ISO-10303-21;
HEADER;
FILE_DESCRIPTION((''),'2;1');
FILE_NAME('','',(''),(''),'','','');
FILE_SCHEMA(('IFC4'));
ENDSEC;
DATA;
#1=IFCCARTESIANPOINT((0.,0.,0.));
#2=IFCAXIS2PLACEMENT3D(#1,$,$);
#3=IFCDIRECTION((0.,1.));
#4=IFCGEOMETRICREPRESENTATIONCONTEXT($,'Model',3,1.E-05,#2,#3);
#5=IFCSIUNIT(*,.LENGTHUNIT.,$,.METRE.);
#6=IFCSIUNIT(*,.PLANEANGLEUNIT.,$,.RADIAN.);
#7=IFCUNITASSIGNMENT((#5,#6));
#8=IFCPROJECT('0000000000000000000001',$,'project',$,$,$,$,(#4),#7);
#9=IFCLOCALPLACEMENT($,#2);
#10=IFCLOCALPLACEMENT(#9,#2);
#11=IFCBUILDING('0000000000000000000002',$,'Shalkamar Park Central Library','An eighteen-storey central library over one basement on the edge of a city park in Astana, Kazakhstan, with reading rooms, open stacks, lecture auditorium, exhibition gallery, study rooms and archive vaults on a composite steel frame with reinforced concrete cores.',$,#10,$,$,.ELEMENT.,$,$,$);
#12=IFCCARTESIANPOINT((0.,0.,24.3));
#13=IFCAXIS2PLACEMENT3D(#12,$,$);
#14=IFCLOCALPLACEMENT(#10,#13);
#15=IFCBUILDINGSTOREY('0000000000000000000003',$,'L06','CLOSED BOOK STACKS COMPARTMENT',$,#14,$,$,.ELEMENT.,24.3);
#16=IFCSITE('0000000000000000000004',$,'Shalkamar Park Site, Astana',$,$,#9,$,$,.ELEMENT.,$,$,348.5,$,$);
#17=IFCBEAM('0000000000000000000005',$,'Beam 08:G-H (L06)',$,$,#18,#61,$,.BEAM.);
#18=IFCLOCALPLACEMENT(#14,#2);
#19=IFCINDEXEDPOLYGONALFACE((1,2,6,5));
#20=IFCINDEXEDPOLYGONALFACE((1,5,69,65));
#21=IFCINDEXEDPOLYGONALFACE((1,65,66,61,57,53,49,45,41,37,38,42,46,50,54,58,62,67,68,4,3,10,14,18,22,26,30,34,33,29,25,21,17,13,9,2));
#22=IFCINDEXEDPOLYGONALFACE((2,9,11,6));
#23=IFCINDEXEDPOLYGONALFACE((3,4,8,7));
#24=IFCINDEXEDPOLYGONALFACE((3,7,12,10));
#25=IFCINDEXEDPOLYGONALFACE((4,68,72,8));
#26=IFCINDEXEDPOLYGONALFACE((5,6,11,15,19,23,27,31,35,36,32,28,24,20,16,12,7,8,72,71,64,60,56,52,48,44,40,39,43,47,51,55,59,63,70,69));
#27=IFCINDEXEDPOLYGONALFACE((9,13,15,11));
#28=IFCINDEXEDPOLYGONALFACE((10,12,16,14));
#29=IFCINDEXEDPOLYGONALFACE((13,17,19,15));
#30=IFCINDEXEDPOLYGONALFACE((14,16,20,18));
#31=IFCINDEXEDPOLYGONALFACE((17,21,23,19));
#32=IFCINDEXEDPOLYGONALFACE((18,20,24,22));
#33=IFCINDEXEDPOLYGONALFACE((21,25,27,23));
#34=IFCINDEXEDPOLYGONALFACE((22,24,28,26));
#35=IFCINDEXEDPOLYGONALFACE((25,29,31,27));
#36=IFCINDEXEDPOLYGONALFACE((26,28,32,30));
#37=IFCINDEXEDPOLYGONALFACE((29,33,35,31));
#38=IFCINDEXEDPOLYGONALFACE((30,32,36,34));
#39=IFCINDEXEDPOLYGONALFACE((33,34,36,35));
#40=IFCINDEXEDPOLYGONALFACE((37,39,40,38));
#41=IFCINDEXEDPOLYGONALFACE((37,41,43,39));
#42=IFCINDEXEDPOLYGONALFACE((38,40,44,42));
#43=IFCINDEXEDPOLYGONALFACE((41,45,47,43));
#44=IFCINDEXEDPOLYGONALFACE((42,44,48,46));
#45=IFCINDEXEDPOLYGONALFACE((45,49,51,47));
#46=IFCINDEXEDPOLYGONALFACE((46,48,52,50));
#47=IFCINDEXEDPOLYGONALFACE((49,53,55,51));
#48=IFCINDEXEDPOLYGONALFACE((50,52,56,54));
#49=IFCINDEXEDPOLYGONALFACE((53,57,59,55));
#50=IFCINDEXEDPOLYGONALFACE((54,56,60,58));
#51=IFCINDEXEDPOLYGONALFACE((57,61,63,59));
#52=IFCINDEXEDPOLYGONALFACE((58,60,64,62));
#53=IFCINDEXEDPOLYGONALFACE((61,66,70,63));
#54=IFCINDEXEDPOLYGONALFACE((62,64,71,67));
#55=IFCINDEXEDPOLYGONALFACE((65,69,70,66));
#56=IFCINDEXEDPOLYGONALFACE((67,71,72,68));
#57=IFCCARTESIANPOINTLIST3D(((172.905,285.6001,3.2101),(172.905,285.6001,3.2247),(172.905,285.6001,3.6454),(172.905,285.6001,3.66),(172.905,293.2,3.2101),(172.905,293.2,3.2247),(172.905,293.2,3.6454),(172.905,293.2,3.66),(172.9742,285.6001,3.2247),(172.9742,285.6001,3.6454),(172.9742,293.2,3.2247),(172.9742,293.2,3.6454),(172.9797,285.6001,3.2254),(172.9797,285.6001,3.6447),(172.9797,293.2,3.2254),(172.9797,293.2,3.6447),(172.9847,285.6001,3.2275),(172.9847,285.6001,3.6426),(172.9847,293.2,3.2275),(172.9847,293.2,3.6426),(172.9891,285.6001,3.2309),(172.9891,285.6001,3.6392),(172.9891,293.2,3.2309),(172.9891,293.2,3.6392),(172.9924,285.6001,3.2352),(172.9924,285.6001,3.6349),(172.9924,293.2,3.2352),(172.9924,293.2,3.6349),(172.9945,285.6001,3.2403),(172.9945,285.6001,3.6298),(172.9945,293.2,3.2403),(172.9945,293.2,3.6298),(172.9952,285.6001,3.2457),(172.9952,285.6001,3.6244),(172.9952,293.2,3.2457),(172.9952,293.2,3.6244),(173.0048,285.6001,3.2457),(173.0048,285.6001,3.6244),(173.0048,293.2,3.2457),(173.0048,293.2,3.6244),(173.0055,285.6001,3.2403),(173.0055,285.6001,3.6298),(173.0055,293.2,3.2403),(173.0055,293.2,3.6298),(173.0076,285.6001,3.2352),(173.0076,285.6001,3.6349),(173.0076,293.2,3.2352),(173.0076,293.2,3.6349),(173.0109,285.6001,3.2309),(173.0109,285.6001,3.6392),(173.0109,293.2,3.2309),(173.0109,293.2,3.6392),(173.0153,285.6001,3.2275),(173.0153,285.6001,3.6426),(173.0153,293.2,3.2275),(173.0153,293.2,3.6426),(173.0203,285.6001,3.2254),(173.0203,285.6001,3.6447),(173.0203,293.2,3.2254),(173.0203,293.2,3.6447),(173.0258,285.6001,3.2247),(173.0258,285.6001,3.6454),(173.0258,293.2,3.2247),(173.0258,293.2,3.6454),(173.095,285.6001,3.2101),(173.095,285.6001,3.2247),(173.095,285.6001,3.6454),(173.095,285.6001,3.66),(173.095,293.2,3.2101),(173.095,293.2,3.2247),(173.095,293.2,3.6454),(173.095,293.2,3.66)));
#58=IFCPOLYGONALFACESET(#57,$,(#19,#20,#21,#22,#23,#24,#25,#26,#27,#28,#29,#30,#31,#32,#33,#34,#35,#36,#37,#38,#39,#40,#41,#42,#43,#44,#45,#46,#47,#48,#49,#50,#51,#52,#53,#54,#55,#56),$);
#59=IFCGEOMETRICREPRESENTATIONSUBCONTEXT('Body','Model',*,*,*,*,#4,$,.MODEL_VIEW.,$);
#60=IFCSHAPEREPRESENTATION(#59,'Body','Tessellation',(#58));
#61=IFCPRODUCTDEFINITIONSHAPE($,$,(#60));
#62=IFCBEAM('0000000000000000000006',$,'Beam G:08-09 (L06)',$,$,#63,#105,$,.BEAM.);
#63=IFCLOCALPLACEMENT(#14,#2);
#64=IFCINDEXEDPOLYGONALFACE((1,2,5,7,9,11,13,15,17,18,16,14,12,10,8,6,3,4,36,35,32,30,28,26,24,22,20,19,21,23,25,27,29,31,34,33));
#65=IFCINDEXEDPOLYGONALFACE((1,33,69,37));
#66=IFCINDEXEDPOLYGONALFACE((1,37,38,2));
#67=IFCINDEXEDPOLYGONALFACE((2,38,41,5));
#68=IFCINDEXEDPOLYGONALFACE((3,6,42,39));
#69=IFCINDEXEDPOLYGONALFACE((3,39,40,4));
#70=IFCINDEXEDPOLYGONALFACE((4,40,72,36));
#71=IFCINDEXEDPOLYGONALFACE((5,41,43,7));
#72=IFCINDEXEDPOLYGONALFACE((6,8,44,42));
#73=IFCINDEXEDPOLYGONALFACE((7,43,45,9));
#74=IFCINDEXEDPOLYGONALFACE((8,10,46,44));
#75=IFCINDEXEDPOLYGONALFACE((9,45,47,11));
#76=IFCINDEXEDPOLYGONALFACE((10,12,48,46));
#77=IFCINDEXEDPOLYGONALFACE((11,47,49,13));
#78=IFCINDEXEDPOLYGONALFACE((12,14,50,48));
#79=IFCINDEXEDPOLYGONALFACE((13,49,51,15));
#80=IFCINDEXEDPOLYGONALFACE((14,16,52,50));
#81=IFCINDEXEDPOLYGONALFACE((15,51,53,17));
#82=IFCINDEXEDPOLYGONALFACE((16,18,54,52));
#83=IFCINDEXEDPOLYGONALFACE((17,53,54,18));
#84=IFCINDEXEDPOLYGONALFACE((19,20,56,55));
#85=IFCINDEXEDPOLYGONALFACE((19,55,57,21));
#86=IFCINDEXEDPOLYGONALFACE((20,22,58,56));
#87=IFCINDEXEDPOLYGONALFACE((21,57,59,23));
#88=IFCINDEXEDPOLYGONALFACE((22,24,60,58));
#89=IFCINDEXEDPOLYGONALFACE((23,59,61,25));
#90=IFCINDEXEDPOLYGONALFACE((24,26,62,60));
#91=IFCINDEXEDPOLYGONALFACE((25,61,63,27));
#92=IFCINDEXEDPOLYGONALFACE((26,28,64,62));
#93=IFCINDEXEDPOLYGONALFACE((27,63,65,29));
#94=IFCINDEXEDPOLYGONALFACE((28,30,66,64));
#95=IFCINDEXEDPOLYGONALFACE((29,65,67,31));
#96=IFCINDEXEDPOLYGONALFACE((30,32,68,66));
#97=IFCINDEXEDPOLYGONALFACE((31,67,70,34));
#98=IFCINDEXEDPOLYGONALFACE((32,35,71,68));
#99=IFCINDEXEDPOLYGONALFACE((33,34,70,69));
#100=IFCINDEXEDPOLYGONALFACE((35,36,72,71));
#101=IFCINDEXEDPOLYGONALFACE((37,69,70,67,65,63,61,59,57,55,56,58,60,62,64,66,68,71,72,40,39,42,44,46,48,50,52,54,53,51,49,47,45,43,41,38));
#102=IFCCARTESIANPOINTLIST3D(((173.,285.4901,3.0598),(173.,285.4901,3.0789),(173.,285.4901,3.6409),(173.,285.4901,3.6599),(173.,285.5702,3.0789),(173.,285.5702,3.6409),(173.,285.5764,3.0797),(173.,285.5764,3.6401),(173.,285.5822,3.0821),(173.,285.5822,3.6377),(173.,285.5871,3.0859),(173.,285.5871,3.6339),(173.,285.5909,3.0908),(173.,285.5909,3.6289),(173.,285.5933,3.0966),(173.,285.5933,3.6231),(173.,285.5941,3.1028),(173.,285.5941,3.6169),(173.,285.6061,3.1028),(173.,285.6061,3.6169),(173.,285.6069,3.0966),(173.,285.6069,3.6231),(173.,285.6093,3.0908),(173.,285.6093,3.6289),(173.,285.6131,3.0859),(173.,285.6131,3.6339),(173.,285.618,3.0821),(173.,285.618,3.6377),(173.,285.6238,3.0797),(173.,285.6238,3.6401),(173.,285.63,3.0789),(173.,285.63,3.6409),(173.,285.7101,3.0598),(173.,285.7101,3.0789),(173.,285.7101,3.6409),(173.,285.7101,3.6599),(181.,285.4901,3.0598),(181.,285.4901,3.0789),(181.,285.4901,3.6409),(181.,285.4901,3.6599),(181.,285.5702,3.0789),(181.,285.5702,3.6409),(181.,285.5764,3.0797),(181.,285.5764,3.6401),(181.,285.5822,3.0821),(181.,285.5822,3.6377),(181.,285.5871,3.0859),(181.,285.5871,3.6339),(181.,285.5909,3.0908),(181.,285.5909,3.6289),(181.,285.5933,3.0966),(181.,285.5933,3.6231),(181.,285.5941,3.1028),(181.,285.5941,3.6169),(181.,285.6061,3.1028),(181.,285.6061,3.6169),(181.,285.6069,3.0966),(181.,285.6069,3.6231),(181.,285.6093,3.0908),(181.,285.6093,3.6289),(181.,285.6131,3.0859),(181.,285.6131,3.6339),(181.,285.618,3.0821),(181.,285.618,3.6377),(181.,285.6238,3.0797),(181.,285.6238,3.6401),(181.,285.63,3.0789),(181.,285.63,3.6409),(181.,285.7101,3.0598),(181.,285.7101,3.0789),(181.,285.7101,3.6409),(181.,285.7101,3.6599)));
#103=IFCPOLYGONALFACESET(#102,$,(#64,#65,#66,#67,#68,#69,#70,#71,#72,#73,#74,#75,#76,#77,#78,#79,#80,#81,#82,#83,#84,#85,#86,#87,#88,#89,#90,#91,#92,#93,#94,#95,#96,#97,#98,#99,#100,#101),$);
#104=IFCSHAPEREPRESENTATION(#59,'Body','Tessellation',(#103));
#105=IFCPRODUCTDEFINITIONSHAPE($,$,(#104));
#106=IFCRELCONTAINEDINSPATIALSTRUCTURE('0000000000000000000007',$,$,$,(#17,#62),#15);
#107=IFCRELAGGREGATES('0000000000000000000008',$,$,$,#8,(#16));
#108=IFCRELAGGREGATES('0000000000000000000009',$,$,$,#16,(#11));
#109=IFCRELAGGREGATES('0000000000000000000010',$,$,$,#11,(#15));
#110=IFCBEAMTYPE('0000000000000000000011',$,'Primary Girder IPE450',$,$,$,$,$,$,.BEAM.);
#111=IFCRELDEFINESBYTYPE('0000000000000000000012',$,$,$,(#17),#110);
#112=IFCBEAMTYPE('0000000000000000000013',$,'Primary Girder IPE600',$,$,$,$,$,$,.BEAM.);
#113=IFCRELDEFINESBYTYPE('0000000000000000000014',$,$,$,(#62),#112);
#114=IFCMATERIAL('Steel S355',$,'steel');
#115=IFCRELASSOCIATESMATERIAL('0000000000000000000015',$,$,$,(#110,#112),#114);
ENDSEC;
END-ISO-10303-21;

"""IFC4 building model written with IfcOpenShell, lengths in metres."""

from ifc_helpers import new_model, si_unit, direction, frame, origin, origin_2d, place, context, subcontext, project, spatial, i_section, extrude, material, material_profile, profile_set, type_object, element, save


model = new_model("IFC4")

# Units and contexts
model_context = context("Model", 3, precision=1e-05, world=origin(), true_north=direction((0.0, 1.0)))
body_context = subcontext(model_context, "Body", "Model", "MODEL_VIEW")
ifc_project = project(units=[si_unit("LENGTHUNIT", "METRE"), si_unit("PLANEANGLEUNIT", "RADIAN")], contexts=[model_context])

# Site, building, storey
site_placement = place(None, origin())
site = spatial("IfcSite", under=ifc_project, at=site_placement, Name="Shalkamar Park Site, Astana", CompositionType="ELEMENT", RefElevation=348.5)
building_placement = place(site_placement, origin())
building = spatial("IfcBuilding", under=site, at=building_placement, Name="Shalkamar Park Central Library", Description="An eighteen-storey central library over one basement on the edge of a city park in Astana, Kazakhstan, with reading rooms, open stacks, lecture auditorium, exhibition gallery, study rooms and archive vaults on a composite steel frame with reinforced concrete cores.", CompositionType="ELEMENT")
storey_placement = place(building_placement, frame((0.0, 0.0, 24.3)))
storey = spatial("IfcBuildingStorey", under=building, at=storey_placement, Name="L06", Description="CLOSED BOOK STACKS COMPARTMENT", CompositionType="ELEMENT", Elevation=24.3)

# Shared definitions
ifc_material_1 = material(Name="Steel S355", Category="steel")

# Beams
ifc_material_profile_1 = material_profile(ifc_material_1, i_section(OverallWidth=0.1899, OverallDepth=0.45, WebThickness=0.0095, FlangeThickness=0.0146, FilletRadius=0.021, at=origin_2d()), Name="IPE 450")
ifc_profile_set_1 = profile_set([ifc_material_profile_1], Name="Steel S355")
beam_type_1 = type_object("IfcBeamType", Name="Primary Girder IPE450", PredefinedType="BEAM", material=ifc_profile_set_1)
beam_1_placement = place(storey_placement, frame((173.0, 285.6001, 3.4351), z_axis=(0.0, 1.0, 0.0), x_axis=(-1.0, 0.0, 0.0)))
element("IfcBeam", 1, at=beam_1_placement, inside=storey, type_object=beam_type_1, Name="Beam 08:G-H (L06)", PredefinedType="BEAM", context=body_context, shape_type="SweptSolid", body=[
    extrude(i_section(OverallWidth=0.1899, OverallDepth=0.45, WebThickness=0.0095, FlangeThickness=0.0146, FilletRadius=0.021, at=origin_2d()), origin(), (0.0, 0.0, 1.0), 7.5999),
])
ifc_material_profile_2 = material_profile(ifc_material_1, i_section(OverallWidth=0.22, OverallDepth=0.6001, WebThickness=0.012, FlangeThickness=0.019, FilletRadius=0.0239, at=origin_2d()), Name="IPE 600")
ifc_profile_set_2 = profile_set([ifc_material_profile_2], Name="Steel S355")
beam_type_2 = type_object("IfcBeamType", Name="Primary Girder IPE600", PredefinedType="BEAM", material=ifc_profile_set_2)
beam_2_placement = place(storey_placement, frame((173.0, 285.6001, 3.3599), z_axis=(1.0, 0.0, 0.0), x_axis=(0.0, 1.0, 0.0)))
element("IfcBeam", 2, at=beam_2_placement, inside=storey, type_object=beam_type_2, Name="Beam G:08-09 (L06)", PredefinedType="BEAM", context=body_context, shape_type="SweptSolid", body=[
    extrude(i_section(OverallWidth=0.22, OverallDepth=0.6001, WebThickness=0.012, FlangeThickness=0.019, FilletRadius=0.0239, at=origin_2d()), origin(), (0.0, 0.0, 1.0), 8.0),
])

save(model, "model.ifc")
